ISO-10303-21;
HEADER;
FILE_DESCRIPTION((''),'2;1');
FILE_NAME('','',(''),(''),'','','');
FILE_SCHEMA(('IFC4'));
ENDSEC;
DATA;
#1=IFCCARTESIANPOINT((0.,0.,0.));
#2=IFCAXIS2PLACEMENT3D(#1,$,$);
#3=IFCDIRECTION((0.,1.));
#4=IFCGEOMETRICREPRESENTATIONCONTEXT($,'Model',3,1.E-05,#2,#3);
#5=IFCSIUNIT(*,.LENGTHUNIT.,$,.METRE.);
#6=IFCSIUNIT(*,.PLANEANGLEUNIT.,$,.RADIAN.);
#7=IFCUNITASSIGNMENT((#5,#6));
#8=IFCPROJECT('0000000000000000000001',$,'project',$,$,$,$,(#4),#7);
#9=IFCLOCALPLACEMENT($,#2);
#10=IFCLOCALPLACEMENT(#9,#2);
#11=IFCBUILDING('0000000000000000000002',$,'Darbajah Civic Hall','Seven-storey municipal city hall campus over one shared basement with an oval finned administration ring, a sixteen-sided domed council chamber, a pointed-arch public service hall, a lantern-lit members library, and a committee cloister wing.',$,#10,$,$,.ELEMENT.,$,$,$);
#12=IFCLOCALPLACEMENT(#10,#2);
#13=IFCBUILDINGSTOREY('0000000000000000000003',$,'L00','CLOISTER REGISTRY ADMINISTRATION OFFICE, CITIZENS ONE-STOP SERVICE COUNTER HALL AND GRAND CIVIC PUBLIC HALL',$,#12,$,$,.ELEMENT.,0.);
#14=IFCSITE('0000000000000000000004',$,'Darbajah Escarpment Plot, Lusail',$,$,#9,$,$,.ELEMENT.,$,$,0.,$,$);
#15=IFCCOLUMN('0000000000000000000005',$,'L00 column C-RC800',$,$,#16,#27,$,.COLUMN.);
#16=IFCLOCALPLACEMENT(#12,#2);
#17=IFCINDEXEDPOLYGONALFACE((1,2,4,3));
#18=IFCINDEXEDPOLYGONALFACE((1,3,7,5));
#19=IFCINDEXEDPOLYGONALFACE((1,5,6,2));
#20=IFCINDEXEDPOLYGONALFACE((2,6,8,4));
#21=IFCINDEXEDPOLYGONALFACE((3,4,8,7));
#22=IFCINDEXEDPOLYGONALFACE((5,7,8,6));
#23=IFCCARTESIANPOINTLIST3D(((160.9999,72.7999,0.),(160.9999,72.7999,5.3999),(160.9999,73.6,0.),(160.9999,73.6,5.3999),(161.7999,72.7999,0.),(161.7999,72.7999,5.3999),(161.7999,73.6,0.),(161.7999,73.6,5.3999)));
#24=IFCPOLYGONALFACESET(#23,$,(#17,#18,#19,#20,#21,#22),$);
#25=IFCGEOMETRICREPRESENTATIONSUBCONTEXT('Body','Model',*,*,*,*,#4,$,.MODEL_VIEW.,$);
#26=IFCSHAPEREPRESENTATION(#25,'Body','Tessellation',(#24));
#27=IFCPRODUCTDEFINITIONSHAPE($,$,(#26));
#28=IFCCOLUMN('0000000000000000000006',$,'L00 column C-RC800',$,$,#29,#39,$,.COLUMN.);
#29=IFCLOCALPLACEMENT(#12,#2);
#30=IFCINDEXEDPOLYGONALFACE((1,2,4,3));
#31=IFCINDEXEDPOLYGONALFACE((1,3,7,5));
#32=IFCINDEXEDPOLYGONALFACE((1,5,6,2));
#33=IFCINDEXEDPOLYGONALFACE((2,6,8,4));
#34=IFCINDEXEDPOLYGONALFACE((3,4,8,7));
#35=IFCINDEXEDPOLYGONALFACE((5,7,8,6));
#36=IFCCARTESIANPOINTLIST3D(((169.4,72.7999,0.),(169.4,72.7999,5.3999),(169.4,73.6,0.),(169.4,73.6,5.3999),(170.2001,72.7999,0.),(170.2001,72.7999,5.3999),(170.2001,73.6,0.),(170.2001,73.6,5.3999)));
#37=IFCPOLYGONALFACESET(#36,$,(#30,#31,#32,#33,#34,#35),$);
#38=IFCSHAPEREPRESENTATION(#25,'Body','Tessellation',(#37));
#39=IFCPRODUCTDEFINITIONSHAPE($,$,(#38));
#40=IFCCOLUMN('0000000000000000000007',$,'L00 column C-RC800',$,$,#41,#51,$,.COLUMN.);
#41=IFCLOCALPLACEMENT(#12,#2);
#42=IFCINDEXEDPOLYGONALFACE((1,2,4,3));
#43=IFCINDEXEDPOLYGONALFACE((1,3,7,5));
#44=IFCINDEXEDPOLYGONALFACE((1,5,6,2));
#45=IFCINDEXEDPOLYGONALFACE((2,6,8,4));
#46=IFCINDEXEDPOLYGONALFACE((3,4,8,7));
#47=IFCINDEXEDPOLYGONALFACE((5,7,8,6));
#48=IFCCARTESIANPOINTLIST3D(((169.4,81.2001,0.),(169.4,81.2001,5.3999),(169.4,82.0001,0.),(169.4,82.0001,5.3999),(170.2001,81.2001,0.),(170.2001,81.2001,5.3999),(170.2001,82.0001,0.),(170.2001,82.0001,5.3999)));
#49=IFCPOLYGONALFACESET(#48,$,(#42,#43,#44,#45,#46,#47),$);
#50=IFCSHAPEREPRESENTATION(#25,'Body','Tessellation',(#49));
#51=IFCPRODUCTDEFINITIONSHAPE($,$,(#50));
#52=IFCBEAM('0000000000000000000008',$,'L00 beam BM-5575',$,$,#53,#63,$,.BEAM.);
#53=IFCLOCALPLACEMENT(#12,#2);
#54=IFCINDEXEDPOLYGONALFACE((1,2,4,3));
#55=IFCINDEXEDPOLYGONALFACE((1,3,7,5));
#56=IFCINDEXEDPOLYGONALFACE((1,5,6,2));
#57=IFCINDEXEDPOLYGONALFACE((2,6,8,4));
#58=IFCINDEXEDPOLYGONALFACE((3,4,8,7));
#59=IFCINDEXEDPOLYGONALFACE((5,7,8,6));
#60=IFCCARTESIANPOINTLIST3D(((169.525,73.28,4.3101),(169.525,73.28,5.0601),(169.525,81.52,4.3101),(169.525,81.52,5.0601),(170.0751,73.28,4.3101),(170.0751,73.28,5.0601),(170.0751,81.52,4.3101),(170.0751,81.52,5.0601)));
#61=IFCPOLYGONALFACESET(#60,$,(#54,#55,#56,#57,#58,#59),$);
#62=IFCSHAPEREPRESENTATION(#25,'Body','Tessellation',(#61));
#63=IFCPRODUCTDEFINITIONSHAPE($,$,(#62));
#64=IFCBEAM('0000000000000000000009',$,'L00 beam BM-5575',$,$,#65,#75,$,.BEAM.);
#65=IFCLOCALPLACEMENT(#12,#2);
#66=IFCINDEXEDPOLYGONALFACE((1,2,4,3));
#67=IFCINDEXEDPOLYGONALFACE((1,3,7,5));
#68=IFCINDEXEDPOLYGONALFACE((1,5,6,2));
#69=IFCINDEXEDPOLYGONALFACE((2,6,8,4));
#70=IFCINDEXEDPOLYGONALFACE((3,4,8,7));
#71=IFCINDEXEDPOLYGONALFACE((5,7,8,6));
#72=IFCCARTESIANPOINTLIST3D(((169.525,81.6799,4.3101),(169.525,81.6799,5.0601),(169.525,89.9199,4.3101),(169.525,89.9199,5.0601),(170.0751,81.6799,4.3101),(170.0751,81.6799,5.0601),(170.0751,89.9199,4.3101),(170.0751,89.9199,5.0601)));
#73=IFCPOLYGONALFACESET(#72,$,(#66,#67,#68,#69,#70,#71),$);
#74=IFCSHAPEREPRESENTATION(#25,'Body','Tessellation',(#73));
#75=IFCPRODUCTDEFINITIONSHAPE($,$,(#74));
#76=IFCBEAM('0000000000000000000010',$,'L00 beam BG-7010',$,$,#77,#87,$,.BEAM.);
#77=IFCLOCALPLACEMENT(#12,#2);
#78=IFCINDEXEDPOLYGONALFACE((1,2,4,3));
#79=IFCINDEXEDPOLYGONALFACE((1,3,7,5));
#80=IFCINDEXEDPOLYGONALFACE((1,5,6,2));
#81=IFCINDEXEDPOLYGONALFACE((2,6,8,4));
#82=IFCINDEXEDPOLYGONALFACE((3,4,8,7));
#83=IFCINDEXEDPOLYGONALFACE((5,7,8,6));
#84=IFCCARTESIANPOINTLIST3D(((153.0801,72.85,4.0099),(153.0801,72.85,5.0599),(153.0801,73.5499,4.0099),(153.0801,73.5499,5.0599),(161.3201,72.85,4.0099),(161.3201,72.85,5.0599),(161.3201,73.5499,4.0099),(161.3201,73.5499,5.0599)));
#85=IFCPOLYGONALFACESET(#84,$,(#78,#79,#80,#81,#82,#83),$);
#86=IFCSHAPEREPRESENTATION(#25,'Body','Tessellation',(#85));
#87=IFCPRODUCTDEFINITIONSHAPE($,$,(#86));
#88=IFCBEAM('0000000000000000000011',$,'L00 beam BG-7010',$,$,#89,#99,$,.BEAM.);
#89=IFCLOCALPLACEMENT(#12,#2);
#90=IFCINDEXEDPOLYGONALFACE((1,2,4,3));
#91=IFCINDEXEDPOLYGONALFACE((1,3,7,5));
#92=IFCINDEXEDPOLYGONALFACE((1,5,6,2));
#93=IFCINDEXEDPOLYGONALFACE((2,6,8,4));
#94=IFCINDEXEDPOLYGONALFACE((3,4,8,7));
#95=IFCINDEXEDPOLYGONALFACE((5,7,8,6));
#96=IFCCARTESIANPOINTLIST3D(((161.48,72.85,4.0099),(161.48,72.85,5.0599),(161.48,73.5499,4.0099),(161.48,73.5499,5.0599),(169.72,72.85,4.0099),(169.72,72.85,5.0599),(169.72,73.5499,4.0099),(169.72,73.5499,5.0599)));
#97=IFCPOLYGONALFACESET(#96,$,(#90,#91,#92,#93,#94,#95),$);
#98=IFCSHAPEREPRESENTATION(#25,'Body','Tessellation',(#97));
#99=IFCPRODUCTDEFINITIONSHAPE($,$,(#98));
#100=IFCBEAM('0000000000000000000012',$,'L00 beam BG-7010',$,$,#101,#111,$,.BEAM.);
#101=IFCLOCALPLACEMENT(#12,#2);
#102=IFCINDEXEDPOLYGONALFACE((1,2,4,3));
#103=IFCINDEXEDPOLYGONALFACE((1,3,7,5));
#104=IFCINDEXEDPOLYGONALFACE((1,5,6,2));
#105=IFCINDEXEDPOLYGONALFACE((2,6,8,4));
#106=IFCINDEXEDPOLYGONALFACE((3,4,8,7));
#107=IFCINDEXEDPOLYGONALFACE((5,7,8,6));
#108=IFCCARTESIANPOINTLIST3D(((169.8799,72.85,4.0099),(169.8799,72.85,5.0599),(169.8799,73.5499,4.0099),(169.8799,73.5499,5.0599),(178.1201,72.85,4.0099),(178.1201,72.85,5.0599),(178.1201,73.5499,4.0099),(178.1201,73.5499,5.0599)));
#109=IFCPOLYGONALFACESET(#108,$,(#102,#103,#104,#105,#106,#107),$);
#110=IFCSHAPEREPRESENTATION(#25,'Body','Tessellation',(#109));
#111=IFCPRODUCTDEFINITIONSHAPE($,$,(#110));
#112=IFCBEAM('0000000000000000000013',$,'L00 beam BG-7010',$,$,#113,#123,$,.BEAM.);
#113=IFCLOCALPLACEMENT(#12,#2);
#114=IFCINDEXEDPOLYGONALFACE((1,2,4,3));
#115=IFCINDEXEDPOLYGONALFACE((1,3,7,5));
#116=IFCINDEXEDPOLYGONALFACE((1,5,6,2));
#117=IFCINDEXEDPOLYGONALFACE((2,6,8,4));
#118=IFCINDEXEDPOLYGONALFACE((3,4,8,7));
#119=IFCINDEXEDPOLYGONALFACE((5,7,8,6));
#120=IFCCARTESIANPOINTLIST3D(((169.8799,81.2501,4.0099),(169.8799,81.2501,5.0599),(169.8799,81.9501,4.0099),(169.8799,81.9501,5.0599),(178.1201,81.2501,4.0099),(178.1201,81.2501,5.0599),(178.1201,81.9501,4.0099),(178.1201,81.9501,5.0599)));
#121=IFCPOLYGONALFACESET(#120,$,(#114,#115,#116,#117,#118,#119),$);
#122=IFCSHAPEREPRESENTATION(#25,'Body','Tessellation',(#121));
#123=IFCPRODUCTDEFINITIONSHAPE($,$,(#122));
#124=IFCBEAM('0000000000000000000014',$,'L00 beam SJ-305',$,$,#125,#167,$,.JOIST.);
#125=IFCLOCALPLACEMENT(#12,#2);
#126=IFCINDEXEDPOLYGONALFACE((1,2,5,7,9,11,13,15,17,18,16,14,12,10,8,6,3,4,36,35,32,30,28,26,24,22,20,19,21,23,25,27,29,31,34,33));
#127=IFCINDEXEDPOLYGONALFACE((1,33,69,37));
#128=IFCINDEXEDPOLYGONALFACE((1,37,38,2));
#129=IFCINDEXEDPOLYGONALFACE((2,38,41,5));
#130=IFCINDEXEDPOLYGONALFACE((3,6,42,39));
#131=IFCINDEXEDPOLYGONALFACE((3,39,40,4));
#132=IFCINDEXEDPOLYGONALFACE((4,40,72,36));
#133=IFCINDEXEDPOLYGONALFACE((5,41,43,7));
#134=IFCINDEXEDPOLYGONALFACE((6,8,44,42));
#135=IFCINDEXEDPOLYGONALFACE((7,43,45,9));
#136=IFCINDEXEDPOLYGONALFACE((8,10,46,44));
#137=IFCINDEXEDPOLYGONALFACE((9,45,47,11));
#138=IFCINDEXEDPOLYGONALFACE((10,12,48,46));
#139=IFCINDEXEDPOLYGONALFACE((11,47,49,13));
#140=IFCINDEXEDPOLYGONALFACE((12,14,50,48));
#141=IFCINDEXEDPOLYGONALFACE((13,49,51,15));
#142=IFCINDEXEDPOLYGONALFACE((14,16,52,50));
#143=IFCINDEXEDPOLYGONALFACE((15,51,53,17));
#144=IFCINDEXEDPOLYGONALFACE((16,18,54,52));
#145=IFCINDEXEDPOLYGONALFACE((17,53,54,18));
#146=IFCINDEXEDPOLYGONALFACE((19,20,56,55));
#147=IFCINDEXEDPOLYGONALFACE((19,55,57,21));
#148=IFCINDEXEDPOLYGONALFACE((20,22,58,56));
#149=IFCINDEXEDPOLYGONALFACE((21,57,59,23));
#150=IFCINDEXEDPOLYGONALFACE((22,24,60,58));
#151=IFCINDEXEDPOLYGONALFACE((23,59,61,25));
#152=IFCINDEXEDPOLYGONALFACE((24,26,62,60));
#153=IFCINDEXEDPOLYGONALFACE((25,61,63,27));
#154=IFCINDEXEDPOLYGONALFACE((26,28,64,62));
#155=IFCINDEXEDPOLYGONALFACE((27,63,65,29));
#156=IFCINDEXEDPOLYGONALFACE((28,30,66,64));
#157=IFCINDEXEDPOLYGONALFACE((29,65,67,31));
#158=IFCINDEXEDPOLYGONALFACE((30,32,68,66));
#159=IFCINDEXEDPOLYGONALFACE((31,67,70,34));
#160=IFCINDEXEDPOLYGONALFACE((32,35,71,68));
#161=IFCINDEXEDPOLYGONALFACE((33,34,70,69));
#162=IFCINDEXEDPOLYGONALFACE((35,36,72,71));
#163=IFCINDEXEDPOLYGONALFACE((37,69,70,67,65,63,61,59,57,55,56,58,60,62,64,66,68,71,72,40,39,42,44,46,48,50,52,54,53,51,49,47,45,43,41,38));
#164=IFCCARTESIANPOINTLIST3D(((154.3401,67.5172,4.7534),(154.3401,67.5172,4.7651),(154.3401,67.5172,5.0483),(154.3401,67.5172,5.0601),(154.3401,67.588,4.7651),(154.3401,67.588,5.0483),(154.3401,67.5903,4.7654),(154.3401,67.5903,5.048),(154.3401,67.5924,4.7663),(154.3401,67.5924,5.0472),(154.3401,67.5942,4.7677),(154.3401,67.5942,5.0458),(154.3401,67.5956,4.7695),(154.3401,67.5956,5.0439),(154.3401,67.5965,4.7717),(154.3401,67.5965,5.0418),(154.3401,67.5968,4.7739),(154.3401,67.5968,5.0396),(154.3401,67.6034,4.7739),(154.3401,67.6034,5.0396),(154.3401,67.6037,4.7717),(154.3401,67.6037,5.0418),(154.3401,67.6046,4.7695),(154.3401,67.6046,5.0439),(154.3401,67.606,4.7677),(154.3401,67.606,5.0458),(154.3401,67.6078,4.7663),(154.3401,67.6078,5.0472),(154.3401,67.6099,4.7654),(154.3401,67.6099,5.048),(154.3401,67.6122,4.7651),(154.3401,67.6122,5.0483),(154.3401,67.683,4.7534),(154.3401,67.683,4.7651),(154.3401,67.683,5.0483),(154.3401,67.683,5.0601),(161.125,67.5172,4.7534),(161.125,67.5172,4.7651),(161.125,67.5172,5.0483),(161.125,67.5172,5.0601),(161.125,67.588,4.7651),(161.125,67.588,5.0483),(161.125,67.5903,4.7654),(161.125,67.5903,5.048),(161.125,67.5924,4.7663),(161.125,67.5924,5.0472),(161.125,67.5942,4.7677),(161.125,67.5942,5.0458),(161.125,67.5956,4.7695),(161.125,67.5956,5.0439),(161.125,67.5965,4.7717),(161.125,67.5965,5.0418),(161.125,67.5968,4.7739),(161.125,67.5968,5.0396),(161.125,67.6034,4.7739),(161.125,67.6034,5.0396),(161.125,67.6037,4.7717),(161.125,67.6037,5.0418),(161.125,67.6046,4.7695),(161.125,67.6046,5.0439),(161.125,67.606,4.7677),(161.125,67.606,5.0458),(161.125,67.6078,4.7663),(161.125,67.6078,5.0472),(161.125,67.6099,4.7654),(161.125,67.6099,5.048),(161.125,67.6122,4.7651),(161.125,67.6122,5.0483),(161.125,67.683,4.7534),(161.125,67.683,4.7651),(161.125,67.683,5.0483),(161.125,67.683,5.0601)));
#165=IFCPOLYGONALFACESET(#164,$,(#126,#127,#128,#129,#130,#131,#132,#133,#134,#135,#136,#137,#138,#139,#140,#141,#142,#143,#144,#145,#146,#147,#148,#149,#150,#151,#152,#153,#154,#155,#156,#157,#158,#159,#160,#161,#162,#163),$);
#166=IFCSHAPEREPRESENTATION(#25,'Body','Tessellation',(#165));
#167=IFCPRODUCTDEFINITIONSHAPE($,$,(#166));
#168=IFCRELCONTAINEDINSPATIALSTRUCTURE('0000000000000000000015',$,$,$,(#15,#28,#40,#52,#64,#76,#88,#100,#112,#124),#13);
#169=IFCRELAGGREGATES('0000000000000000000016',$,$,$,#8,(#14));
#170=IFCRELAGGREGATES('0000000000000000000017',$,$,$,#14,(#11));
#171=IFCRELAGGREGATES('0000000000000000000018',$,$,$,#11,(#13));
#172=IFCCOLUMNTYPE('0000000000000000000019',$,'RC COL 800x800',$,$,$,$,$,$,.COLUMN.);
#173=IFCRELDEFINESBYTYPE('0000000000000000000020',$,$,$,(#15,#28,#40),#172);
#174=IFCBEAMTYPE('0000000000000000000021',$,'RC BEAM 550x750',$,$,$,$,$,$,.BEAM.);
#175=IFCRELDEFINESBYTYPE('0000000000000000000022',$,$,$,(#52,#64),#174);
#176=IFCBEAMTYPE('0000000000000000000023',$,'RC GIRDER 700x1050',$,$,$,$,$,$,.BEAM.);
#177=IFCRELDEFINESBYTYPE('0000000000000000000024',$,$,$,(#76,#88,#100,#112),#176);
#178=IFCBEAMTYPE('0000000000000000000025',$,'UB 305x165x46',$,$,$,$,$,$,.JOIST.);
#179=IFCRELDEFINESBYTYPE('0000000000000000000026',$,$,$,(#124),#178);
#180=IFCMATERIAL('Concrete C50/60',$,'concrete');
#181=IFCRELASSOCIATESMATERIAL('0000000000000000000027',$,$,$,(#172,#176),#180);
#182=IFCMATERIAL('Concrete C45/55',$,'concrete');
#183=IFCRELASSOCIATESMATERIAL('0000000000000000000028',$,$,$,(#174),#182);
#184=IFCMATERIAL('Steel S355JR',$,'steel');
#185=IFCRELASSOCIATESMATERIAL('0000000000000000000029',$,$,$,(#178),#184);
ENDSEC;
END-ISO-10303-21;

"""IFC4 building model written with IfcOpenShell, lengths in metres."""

from ifc_helpers import new_model, si_unit, direction, frame, origin, origin_2d, place, context, subcontext, project, spatial, rectangle, i_section, extrude, material, material_profile, profile_set, type_object, element, save


model = new_model("IFC4")

# Units and contexts
model_context = context("Model", 3, precision=1e-05, world=origin(), true_north=direction((0.0, 1.0)))
body_context = subcontext(model_context, "Body", "Model", "MODEL_VIEW")
ifc_project = project(units=[si_unit("LENGTHUNIT", "METRE"), si_unit("PLANEANGLEUNIT", "RADIAN")], contexts=[model_context])

# Site, building, storey
site_placement = place(None, origin())
site = spatial("IfcSite", under=ifc_project, at=site_placement, Name="Darbajah Escarpment Plot, Lusail", CompositionType="ELEMENT", RefElevation=0.0)
building_placement = place(site_placement, origin())
building = spatial("IfcBuilding", under=site, at=building_placement, Name="Darbajah Civic Hall", Description="Seven-storey municipal city hall campus over one shared basement with an oval finned administration ring, a sixteen-sided domed council chamber, a pointed-arch public service hall, a lantern-lit members library, and a committee cloister wing.", CompositionType="ELEMENT")
storey_placement = place(building_placement, origin())
storey = spatial("IfcBuildingStorey", under=building, at=storey_placement, Name="L00", Description="CLOISTER REGISTRY ADMINISTRATION OFFICE, CITIZENS ONE-STOP SERVICE COUNTER HALL AND GRAND CIVIC PUBLIC HALL", CompositionType="ELEMENT", Elevation=0.0)

# Columns
ifc_material_1 = material(Name="Concrete C50/60", Category="concrete")
ifc_material_profile_1 = material_profile(ifc_material_1, rectangle(XDim=0.8, YDim=0.8, at=origin_2d()), Name="RC COL 800x800")
ifc_profile_set_1 = profile_set([ifc_material_profile_1], Name="Concrete C50/60")
column_type = type_object("IfcColumnType", Name="RC COL 800x800", PredefinedType="COLUMN", material=ifc_profile_set_1)
for number, where, z_axis, x_axis, name in (
    (1, (161.3999, 73.2, 0.0), (0.0, 0.0, 1.0), (1.0, 0.0, 0.0), "L00 column C-RC800"),
    (2, (169.8, 73.2, 0.0), (0.0, 0.0, 1.0), (1.0, 0.0, 0.0), "L00 column C-RC800"),
    (3, (169.8, 81.6001, 0.0), (0.0, 0.0, 1.0), (1.0, 0.0, 0.0), "L00 column C-RC800"),
):
    element("IfcColumn", number, at=place(storey_placement, frame(where, z_axis=z_axis, x_axis=x_axis)), inside=storey, type_object=column_type, Name=name, PredefinedType="COLUMN", context=body_context, shape_type="SweptSolid", body=[
        extrude(rectangle(XDim=0.8, YDim=0.8, at=origin_2d()), origin(), (0.0, 0.0, 1.0), 5.3999),
    ])

# Beams
ifc_material_2 = material(Name="Concrete C45/55", Category="concrete")
ifc_material_profile_2 = material_profile(ifc_material_2, rectangle(XDim=0.55, YDim=0.75, at=origin_2d()), Name="RC BEAM 550x750")
ifc_profile_set_2 = profile_set([ifc_material_profile_2], Name="Concrete C45/55")
beam_type_1 = type_object("IfcBeamType", Name="RC BEAM 550x750", PredefinedType="BEAM", material=ifc_profile_set_2)
for number, where, z_axis, x_axis, name in (
    (4, (169.8, 73.28, 4.6851), (0.0, 1.0, 0.0), (-1.0, 0.0, 0.0), "L00 beam BM-5575"),
    (5, (169.8, 81.6799, 4.6851), (0.0, 1.0, 0.0), (-1.0, 0.0, 0.0), "L00 beam BM-5575"),
):
    element("IfcBeam", number, at=place(storey_placement, frame(where, z_axis=z_axis, x_axis=x_axis)), inside=storey, type_object=beam_type_1, Name=name, PredefinedType="BEAM", context=body_context, shape_type="SweptSolid", body=[
        extrude(rectangle(XDim=0.55, YDim=0.75, at=origin_2d()), origin(), (0.0, 0.0, 1.0), 8.24),
    ])
ifc_material_profile_3 = material_profile(ifc_material_1, rectangle(XDim=0.7, YDim=1.05, at=origin_2d()), Name="RC GIRDER 700x1050")
ifc_profile_set_3 = profile_set([ifc_material_profile_3], Name="Concrete C50/60")
beam_type_2 = type_object("IfcBeamType", Name="RC GIRDER 700x1050", PredefinedType="BEAM", material=ifc_profile_set_3)
for number, where, z_axis, x_axis, name in (
    (6, (153.0801, 73.2, 4.5349), (1.0, 0.0, 0.0), (0.0, 1.0, 0.0), "L00 beam BG-7010"),
    (7, (161.48, 73.2, 4.5349), (1.0, 0.0, 0.0), (0.0, 1.0, 0.0), "L00 beam BG-7010"),
):
    element("IfcBeam", number, at=place(storey_placement, frame(where, z_axis=z_axis, x_axis=x_axis)), inside=storey, type_object=beam_type_2, Name=name, PredefinedType="BEAM", context=body_context, shape_type="SweptSolid", body=[
        extrude(rectangle(XDim=0.7, YDim=1.05, at=origin_2d()), origin(), (0.0, 0.0, 1.0), 8.24),
    ])
for number, where, z_axis, x_axis, name in (
    (8, (169.8799, 73.2, 4.5349), (1.0, 0.0, 0.0), (0.0, 1.0, 0.0), "L00 beam BG-7010"),
    (9, (169.8799, 81.6001, 4.5349), (1.0, 0.0, 0.0), (0.0, 1.0, 0.0), "L00 beam BG-7010"),
):
    element("IfcBeam", number, at=place(storey_placement, frame(where, z_axis=z_axis, x_axis=x_axis)), inside=storey, type_object=beam_type_2, Name=name, PredefinedType="BEAM", context=body_context, shape_type="SweptSolid", body=[
        extrude(rectangle(XDim=0.7, YDim=1.05, at=origin_2d()), origin(), (0.0, 0.0, 1.0), 8.2402),
    ])
ifc_material_3 = material(Name="Steel S355JR", Category="steel")
ifc_material_profile_4 = material_profile(ifc_material_3, i_section(OverallWidth=0.1658, OverallDepth=0.3066, WebThickness=0.0066, FlangeThickness=0.0117, FilletRadius=0.0088, at=origin_2d()), Name="UB 305x165x46")
ifc_profile_set_4 = profile_set([ifc_material_profile_4], Name="Steel S355JR")
beam_type_3 = type_object("IfcBeamType", Name="UB 305x165x46", PredefinedType="JOIST", material=ifc_profile_set_4)
beam_1_placement = place(storey_placement, frame((154.3401, 67.6001, 4.9067), z_axis=(1.0, 0.0, 0.0), x_axis=(0.0, 1.0, 0.0)))
element("IfcBeam", 10, at=beam_1_placement, inside=storey, type_object=beam_type_3, Name="L00 beam SJ-305", PredefinedType="JOIST", context=body_context, shape_type="SweptSolid", body=[
    extrude(i_section(OverallWidth=0.1658, OverallDepth=0.3066, WebThickness=0.0066, FlangeThickness=0.0117, FilletRadius=0.0088, at=origin_2d()), origin(), (0.0, 0.0, 1.0), 6.7849),
])

save(model, "model.ifc")
